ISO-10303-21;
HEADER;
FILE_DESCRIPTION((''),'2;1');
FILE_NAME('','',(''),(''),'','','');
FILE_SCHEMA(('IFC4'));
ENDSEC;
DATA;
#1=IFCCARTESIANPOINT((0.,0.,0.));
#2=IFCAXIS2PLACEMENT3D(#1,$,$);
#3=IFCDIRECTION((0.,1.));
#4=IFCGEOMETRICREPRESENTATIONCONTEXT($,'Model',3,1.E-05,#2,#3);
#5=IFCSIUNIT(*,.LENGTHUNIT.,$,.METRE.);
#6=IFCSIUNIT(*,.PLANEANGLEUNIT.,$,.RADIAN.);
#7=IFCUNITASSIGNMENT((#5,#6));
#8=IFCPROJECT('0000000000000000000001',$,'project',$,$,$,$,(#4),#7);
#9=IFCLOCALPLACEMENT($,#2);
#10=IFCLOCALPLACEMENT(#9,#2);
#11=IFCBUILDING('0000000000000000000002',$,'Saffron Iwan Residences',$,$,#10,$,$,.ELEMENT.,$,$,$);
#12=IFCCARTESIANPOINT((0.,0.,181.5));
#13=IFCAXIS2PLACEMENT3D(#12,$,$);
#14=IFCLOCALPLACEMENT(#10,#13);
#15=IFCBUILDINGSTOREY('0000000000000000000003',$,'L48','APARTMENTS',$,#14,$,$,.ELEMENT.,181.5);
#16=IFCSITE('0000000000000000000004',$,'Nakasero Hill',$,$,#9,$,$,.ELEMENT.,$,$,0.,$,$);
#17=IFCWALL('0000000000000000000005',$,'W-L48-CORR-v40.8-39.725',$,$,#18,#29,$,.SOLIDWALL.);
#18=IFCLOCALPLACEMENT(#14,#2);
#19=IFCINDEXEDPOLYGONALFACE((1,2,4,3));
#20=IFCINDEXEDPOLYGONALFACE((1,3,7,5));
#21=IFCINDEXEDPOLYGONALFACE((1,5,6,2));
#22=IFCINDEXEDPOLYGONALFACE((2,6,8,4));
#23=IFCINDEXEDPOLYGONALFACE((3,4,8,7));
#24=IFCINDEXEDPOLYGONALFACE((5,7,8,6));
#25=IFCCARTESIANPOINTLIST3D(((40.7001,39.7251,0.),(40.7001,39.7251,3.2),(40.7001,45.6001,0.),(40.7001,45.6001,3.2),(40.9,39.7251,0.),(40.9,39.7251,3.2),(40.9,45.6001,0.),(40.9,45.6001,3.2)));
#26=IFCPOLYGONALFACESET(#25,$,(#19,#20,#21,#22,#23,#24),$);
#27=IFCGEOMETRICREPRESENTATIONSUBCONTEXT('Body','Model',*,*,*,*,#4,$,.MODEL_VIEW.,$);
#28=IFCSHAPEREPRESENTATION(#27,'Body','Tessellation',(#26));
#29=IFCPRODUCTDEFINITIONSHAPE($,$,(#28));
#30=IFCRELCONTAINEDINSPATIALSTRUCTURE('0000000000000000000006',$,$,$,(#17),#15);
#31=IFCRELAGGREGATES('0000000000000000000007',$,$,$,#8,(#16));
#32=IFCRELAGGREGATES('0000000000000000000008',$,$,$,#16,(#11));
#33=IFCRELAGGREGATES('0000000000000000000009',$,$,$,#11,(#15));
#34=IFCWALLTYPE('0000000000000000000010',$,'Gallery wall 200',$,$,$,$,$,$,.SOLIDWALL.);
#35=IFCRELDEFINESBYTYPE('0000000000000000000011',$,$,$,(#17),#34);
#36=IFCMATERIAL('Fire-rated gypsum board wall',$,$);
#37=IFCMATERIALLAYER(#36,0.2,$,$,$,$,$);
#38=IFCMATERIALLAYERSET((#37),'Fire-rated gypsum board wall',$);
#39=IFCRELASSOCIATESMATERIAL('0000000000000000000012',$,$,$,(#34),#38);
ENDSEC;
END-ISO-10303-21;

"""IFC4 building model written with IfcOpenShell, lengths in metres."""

from ifc_helpers import new_model, si_unit, direction, frame, frame_2d, origin, place, context, subcontext, project, spatial, rectangle, extrude, material, layer, layer_set, type_object, element, save


model = new_model("IFC4")

# Units and contexts
model_context = context("Model", 3, precision=1e-05, world=origin(), true_north=direction((0.0, 1.0)))
body_context = subcontext(model_context, "Body", "Model", "MODEL_VIEW")
ifc_project = project(units=[si_unit("LENGTHUNIT", "METRE"), si_unit("PLANEANGLEUNIT", "RADIAN")], contexts=[model_context])

# Site, building, storey
site_placement = place(None, origin())
site = spatial("IfcSite", under=ifc_project, at=site_placement, Name="Nakasero Hill", CompositionType="ELEMENT", RefElevation=0.0)
building_placement = place(site_placement, origin())
building = spatial("IfcBuilding", under=site, at=building_placement, Name="Saffron Iwan Residences", CompositionType="ELEMENT")
storey_placement = place(building_placement, frame((0.0, 0.0, 181.5)))
storey = spatial("IfcBuildingStorey", under=building, at=storey_placement, Name="L48", Description="APARTMENTS", CompositionType="ELEMENT", Elevation=181.5)

# Shared definitions
ifc_material_1 = material(Name="Fire-rated gypsum board wall")
ifc_layer_1 = layer(ifc_material_1, 0.2)
ifc_layer_set_1 = layer_set([ifc_layer_1], Name="Fire-rated gypsum board wall")
wall_type_1 = type_object("IfcWallType", Name="Gallery wall 200", PredefinedType="SOLIDWALL", material=ifc_layer_set_1)

# Wall
wall_1_placement = place(storey_placement, frame((40.8, 39.7251, 0.0), z_axis=(0.0, 0.0, 1.0), x_axis=(0.0, 1.0, 0.0)))
element("IfcWall", 1, at=wall_1_placement, inside=storey, type_object=wall_type_1, Name="W-L48-CORR-v40.8-39.725", PredefinedType="SOLIDWALL", context=body_context, shape_type="SweptSolid", body=[
    extrude(rectangle(XDim=5.875, YDim=0.2, at=frame_2d((2.9375, 0.0))), origin(), (0.0, 0.0, 1.0), 3.2),
])

save(model, "model.ifc")
